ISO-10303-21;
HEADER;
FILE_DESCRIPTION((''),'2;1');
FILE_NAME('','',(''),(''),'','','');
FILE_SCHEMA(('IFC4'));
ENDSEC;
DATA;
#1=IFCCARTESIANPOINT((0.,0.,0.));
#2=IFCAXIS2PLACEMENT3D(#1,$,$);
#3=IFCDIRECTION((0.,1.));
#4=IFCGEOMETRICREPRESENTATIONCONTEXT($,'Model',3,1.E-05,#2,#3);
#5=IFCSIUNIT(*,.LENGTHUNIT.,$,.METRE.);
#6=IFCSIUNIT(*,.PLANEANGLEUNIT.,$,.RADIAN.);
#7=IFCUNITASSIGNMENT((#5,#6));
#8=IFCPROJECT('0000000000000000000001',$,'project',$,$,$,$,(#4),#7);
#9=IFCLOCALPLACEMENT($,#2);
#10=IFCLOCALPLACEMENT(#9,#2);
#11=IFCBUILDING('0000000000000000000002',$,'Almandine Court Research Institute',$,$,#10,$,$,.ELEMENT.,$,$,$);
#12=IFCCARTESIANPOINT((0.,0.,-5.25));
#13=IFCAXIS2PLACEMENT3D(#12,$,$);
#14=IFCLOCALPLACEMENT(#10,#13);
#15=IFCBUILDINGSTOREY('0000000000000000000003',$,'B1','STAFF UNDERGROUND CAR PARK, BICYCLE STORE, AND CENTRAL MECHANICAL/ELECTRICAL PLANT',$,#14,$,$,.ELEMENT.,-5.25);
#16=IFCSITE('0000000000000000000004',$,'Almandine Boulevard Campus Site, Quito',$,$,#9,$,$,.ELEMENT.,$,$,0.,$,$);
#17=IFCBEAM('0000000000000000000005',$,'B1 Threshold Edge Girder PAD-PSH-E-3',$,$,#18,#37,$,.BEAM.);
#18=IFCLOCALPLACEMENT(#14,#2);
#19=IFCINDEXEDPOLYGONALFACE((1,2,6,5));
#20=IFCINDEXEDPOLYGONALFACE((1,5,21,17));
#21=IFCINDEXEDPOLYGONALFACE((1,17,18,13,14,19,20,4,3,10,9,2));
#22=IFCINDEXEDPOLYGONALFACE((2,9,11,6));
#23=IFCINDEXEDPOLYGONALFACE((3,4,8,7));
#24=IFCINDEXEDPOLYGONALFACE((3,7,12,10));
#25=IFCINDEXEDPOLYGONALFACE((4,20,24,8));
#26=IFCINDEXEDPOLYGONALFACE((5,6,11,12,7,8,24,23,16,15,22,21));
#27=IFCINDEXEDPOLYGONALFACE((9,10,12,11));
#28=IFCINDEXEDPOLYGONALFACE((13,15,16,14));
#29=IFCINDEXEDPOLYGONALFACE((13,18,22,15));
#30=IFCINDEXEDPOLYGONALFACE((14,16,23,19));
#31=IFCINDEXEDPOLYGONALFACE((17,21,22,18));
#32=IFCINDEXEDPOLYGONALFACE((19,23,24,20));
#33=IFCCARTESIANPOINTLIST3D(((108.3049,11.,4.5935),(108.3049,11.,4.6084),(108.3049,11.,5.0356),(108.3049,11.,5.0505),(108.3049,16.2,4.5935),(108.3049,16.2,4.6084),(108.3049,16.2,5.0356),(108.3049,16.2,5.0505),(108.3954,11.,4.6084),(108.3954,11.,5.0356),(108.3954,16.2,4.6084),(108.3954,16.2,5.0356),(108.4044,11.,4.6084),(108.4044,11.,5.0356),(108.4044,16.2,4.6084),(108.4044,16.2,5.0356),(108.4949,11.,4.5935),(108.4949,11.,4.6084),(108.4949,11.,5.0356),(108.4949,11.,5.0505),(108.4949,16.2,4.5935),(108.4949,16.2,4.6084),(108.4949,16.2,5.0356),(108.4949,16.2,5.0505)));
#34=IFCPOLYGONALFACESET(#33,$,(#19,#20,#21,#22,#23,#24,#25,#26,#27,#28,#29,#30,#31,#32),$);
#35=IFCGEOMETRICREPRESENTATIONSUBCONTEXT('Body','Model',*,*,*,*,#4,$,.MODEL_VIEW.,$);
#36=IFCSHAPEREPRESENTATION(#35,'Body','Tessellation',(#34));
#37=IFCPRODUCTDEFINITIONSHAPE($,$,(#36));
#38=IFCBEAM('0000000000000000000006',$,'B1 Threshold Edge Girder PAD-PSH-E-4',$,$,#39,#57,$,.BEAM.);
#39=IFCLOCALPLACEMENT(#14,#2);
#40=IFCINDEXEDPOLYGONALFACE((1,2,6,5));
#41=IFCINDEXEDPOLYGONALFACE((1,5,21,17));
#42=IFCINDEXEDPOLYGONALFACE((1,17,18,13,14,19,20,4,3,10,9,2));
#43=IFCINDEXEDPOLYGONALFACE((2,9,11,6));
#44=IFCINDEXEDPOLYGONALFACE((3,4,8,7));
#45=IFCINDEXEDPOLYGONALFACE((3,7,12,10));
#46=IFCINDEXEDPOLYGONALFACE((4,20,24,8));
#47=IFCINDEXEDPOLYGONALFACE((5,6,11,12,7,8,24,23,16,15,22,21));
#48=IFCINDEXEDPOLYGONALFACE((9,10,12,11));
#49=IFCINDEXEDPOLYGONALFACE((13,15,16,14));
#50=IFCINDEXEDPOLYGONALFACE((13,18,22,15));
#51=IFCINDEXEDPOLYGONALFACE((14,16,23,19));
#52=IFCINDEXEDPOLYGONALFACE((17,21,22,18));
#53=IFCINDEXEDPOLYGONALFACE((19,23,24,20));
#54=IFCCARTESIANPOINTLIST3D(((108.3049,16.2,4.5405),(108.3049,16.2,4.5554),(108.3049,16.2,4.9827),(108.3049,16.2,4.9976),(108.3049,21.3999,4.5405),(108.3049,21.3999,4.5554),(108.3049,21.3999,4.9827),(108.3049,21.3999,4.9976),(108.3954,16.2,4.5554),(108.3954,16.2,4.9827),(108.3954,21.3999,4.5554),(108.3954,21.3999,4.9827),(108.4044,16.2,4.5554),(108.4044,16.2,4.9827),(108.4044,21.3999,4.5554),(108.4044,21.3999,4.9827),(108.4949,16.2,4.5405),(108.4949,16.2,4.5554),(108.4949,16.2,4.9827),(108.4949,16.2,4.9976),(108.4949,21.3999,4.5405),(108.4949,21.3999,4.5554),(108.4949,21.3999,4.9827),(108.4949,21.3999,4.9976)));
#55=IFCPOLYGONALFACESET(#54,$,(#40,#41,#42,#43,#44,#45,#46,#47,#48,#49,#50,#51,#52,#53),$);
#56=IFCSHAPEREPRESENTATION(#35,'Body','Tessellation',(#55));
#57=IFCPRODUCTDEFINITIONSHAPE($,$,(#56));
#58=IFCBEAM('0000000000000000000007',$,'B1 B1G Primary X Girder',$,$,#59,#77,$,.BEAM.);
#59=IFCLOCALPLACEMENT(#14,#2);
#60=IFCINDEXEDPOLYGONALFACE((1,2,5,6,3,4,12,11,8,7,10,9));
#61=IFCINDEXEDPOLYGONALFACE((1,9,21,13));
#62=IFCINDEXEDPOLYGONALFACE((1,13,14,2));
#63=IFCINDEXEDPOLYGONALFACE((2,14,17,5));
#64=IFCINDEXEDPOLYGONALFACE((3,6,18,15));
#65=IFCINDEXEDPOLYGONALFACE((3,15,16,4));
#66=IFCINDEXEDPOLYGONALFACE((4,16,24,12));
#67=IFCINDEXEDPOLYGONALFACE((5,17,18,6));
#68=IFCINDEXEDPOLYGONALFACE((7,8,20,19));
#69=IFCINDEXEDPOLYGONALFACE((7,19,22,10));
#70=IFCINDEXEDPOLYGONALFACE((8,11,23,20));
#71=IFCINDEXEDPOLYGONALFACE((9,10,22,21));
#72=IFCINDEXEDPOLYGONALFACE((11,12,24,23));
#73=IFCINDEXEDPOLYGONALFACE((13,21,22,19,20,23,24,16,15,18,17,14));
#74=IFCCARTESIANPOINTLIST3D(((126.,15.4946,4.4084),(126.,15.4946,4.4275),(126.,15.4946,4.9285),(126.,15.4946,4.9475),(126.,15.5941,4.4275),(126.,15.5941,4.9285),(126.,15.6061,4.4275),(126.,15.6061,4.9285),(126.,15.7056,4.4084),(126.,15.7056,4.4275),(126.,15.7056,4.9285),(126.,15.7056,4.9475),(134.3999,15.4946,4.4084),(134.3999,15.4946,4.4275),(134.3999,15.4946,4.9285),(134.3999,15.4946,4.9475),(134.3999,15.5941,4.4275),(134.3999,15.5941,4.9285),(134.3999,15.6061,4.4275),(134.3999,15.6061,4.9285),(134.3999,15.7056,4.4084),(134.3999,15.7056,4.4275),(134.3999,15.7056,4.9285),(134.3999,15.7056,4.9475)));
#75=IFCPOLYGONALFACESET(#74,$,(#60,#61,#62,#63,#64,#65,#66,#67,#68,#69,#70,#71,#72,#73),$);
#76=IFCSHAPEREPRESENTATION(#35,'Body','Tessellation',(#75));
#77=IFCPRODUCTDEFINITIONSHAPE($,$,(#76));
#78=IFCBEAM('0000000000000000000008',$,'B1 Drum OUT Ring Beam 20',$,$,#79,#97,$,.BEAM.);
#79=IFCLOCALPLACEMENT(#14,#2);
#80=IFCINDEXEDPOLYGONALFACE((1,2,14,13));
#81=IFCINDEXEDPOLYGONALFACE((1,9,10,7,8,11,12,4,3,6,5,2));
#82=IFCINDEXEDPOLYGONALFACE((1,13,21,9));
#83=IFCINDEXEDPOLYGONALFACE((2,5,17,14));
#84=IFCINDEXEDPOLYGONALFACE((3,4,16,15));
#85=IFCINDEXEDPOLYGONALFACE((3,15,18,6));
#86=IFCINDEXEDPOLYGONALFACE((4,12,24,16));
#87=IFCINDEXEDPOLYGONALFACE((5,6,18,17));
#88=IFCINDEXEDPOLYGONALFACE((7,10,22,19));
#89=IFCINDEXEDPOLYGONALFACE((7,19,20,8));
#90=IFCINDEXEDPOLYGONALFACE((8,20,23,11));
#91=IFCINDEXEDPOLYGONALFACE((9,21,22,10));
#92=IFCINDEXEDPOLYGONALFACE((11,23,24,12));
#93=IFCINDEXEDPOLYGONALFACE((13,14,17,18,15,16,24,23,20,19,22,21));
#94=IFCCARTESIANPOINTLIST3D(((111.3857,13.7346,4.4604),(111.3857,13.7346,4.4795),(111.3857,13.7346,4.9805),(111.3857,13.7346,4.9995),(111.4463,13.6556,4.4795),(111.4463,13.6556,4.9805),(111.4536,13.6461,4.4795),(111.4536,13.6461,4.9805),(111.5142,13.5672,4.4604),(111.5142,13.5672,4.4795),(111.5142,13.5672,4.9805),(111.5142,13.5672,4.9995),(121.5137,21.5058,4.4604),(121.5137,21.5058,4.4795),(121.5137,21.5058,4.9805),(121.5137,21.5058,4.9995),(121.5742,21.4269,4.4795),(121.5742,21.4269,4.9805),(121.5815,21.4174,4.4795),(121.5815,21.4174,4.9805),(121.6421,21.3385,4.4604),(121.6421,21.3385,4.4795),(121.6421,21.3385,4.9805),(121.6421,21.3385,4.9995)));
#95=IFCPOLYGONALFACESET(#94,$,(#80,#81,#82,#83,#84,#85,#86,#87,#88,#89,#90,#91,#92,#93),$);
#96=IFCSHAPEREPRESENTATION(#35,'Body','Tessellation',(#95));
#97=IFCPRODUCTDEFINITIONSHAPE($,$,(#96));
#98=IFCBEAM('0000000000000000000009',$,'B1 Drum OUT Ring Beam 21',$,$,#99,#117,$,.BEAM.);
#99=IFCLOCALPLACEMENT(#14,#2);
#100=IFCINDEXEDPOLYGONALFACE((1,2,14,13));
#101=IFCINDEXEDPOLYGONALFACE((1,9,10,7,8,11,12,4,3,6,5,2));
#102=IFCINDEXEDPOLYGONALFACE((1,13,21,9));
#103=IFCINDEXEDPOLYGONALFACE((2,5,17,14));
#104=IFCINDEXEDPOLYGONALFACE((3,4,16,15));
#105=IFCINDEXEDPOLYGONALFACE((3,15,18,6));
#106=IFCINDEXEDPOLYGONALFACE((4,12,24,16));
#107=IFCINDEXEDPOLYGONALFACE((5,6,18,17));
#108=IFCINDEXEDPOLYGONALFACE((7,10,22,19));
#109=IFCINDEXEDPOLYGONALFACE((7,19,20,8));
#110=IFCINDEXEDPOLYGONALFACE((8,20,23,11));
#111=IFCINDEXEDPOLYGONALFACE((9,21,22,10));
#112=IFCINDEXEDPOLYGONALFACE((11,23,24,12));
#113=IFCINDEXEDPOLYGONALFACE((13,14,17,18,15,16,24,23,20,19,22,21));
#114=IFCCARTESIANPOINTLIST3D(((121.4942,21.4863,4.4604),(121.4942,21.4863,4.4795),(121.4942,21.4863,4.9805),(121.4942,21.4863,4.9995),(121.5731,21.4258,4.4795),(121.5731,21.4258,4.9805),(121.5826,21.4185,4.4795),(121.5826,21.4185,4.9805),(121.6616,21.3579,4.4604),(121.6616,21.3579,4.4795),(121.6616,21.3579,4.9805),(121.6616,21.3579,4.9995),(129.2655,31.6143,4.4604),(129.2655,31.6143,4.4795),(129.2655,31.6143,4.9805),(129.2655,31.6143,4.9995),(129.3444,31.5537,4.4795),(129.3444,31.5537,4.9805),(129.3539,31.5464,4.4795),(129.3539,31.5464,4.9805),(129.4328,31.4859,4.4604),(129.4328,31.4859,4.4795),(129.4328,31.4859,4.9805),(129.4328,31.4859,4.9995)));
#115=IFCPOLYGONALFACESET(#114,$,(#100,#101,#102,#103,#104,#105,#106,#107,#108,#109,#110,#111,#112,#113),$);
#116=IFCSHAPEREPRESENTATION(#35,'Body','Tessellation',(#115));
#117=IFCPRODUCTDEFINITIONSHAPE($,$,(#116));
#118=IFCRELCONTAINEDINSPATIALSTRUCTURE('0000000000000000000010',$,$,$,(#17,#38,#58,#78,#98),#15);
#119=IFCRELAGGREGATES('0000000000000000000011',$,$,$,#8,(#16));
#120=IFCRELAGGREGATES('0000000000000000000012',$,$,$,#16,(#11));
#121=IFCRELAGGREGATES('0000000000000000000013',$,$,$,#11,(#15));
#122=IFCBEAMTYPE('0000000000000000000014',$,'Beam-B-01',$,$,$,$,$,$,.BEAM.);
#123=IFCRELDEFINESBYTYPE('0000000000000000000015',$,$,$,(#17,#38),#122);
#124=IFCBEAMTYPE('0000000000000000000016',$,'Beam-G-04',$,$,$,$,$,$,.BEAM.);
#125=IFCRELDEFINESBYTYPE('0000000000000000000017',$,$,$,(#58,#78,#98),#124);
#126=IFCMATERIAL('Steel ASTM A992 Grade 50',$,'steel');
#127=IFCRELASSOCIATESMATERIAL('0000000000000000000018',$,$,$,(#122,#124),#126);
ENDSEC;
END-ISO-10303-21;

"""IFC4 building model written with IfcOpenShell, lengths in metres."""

from ifc_helpers import new_model, si_unit, direction, frame, origin, origin_2d, place, context, subcontext, project, spatial, i_section, extrude, material, material_profile, profile_set, type_object, element, save


model = new_model("IFC4")

# Units and contexts
model_context = context("Model", 3, precision=1e-05, world=origin(), true_north=direction((0.0, 1.0)))
body_context = subcontext(model_context, "Body", "Model", "MODEL_VIEW")
ifc_project = project(units=[si_unit("LENGTHUNIT", "METRE"), si_unit("PLANEANGLEUNIT", "RADIAN")], contexts=[model_context])

# Site, building, storey
site_placement = place(None, origin())
site = spatial("IfcSite", under=ifc_project, at=site_placement, Name="Almandine Boulevard Campus Site, Quito", CompositionType="ELEMENT", RefElevation=0.0)
building_placement = place(site_placement, origin())
building = spatial("IfcBuilding", under=site, at=building_placement, Name="Almandine Court Research Institute", CompositionType="ELEMENT")
storey_placement = place(building_placement, frame((0.0, 0.0, -5.25)))
storey = spatial("IfcBuildingStorey", under=building, at=storey_placement, Name="B1", Description="STAFF UNDERGROUND CAR PARK, BICYCLE STORE, AND CENTRAL MECHANICAL/ELECTRICAL PLANT", CompositionType="ELEMENT", Elevation=-5.25)

# Shared definitions
ifc_material_1 = material(Name="Steel ASTM A992 Grade 50", Category="steel")

# Beams
ifc_material_profile_1 = material_profile(ifc_material_1, i_section(OverallWidth=0.1899, OverallDepth=0.457, WebThickness=0.009, FlangeThickness=0.0149, at=origin_2d()), Name="W460x74")
ifc_profile_set_1 = profile_set([ifc_material_profile_1], Name="Steel ASTM A992 Grade 50")
beam_type_1 = type_object("IfcBeamType", Name="Beam-B-01", PredefinedType="BEAM", material=ifc_profile_set_1)
for number, where, z_axis, x_axis, name in (
    (1, (108.3999, 11.0, 4.822), (0.0, 1.0, 0.0), (-1.0, 0.0, 0.0), "B1 Threshold Edge Girder PAD-PSH-E-3"),
    (2, (108.3999, 16.2, 4.769), (0.0, 1.0, 0.0), (-1.0, 0.0, 0.0), "B1 Threshold Edge Girder PAD-PSH-E-4"),
):
    element("IfcBeam", number, at=place(storey_placement, frame(where, z_axis=z_axis, x_axis=x_axis)), inside=storey, type_object=beam_type_1, Name=name, PredefinedType="BEAM", context=body_context, shape_type="SweptSolid", body=[
        extrude(i_section(OverallWidth=0.1899, OverallDepth=0.457, WebThickness=0.009, FlangeThickness=0.0149, at=origin_2d()), origin(), (0.0, 0.0, 1.0), 5.2),
    ])
ifc_material_profile_2 = material_profile(ifc_material_1, i_section(OverallWidth=0.2109, OverallDepth=0.5391, WebThickness=0.012, FlangeThickness=0.019, at=origin_2d()), Name="W530x109")
ifc_profile_set_2 = profile_set([ifc_material_profile_2], Name="Steel ASTM A992 Grade 50")
beam_type_2 = type_object("IfcBeamType", Name="Beam-G-04", PredefinedType="BEAM", material=ifc_profile_set_2)
beam_1_placement = place(storey_placement, frame((126.0, 15.6001, 4.678), z_axis=(1.0, 0.0, 0.0), x_axis=(0.0, 1.0, 0.0)))
element("IfcBeam", 3, at=beam_1_placement, inside=storey, type_object=beam_type_2, Name="B1 B1G Primary X Girder", PredefinedType="BEAM", context=body_context, shape_type="SweptSolid", body=[
    extrude(i_section(OverallWidth=0.2109, OverallDepth=0.5391, WebThickness=0.012, FlangeThickness=0.019, at=origin_2d()), origin(), (0.0, 0.0, 1.0), 8.3999),
])
for number, where, z_axis, x_axis, name in (
    (4, (111.45, 13.6509, 4.73), (0.793361, 0.608752, 0.0), (-0.608752, 0.793361, 0.0), "B1 Drum OUT Ring Beam 20"),
    (5, (121.5779, 21.4221, 4.73), (0.608752, 0.793361, 0.0), (-0.793361, 0.608752, 0.0), "B1 Drum OUT Ring Beam 21"),
):
    element("IfcBeam", number, at=place(storey_placement, frame(where, z_axis=z_axis, x_axis=x_axis)), inside=storey, type_object=beam_type_2, Name=name, PredefinedType="BEAM", context=body_context, shape_type="SweptSolid", body=[
        extrude(i_section(OverallWidth=0.2109, OverallDepth=0.5391, WebThickness=0.012, FlangeThickness=0.019, at=origin_2d()), origin(), (0.0, 0.0, 1.0), 12.7659),
    ])

save(model, "model.ifc")
